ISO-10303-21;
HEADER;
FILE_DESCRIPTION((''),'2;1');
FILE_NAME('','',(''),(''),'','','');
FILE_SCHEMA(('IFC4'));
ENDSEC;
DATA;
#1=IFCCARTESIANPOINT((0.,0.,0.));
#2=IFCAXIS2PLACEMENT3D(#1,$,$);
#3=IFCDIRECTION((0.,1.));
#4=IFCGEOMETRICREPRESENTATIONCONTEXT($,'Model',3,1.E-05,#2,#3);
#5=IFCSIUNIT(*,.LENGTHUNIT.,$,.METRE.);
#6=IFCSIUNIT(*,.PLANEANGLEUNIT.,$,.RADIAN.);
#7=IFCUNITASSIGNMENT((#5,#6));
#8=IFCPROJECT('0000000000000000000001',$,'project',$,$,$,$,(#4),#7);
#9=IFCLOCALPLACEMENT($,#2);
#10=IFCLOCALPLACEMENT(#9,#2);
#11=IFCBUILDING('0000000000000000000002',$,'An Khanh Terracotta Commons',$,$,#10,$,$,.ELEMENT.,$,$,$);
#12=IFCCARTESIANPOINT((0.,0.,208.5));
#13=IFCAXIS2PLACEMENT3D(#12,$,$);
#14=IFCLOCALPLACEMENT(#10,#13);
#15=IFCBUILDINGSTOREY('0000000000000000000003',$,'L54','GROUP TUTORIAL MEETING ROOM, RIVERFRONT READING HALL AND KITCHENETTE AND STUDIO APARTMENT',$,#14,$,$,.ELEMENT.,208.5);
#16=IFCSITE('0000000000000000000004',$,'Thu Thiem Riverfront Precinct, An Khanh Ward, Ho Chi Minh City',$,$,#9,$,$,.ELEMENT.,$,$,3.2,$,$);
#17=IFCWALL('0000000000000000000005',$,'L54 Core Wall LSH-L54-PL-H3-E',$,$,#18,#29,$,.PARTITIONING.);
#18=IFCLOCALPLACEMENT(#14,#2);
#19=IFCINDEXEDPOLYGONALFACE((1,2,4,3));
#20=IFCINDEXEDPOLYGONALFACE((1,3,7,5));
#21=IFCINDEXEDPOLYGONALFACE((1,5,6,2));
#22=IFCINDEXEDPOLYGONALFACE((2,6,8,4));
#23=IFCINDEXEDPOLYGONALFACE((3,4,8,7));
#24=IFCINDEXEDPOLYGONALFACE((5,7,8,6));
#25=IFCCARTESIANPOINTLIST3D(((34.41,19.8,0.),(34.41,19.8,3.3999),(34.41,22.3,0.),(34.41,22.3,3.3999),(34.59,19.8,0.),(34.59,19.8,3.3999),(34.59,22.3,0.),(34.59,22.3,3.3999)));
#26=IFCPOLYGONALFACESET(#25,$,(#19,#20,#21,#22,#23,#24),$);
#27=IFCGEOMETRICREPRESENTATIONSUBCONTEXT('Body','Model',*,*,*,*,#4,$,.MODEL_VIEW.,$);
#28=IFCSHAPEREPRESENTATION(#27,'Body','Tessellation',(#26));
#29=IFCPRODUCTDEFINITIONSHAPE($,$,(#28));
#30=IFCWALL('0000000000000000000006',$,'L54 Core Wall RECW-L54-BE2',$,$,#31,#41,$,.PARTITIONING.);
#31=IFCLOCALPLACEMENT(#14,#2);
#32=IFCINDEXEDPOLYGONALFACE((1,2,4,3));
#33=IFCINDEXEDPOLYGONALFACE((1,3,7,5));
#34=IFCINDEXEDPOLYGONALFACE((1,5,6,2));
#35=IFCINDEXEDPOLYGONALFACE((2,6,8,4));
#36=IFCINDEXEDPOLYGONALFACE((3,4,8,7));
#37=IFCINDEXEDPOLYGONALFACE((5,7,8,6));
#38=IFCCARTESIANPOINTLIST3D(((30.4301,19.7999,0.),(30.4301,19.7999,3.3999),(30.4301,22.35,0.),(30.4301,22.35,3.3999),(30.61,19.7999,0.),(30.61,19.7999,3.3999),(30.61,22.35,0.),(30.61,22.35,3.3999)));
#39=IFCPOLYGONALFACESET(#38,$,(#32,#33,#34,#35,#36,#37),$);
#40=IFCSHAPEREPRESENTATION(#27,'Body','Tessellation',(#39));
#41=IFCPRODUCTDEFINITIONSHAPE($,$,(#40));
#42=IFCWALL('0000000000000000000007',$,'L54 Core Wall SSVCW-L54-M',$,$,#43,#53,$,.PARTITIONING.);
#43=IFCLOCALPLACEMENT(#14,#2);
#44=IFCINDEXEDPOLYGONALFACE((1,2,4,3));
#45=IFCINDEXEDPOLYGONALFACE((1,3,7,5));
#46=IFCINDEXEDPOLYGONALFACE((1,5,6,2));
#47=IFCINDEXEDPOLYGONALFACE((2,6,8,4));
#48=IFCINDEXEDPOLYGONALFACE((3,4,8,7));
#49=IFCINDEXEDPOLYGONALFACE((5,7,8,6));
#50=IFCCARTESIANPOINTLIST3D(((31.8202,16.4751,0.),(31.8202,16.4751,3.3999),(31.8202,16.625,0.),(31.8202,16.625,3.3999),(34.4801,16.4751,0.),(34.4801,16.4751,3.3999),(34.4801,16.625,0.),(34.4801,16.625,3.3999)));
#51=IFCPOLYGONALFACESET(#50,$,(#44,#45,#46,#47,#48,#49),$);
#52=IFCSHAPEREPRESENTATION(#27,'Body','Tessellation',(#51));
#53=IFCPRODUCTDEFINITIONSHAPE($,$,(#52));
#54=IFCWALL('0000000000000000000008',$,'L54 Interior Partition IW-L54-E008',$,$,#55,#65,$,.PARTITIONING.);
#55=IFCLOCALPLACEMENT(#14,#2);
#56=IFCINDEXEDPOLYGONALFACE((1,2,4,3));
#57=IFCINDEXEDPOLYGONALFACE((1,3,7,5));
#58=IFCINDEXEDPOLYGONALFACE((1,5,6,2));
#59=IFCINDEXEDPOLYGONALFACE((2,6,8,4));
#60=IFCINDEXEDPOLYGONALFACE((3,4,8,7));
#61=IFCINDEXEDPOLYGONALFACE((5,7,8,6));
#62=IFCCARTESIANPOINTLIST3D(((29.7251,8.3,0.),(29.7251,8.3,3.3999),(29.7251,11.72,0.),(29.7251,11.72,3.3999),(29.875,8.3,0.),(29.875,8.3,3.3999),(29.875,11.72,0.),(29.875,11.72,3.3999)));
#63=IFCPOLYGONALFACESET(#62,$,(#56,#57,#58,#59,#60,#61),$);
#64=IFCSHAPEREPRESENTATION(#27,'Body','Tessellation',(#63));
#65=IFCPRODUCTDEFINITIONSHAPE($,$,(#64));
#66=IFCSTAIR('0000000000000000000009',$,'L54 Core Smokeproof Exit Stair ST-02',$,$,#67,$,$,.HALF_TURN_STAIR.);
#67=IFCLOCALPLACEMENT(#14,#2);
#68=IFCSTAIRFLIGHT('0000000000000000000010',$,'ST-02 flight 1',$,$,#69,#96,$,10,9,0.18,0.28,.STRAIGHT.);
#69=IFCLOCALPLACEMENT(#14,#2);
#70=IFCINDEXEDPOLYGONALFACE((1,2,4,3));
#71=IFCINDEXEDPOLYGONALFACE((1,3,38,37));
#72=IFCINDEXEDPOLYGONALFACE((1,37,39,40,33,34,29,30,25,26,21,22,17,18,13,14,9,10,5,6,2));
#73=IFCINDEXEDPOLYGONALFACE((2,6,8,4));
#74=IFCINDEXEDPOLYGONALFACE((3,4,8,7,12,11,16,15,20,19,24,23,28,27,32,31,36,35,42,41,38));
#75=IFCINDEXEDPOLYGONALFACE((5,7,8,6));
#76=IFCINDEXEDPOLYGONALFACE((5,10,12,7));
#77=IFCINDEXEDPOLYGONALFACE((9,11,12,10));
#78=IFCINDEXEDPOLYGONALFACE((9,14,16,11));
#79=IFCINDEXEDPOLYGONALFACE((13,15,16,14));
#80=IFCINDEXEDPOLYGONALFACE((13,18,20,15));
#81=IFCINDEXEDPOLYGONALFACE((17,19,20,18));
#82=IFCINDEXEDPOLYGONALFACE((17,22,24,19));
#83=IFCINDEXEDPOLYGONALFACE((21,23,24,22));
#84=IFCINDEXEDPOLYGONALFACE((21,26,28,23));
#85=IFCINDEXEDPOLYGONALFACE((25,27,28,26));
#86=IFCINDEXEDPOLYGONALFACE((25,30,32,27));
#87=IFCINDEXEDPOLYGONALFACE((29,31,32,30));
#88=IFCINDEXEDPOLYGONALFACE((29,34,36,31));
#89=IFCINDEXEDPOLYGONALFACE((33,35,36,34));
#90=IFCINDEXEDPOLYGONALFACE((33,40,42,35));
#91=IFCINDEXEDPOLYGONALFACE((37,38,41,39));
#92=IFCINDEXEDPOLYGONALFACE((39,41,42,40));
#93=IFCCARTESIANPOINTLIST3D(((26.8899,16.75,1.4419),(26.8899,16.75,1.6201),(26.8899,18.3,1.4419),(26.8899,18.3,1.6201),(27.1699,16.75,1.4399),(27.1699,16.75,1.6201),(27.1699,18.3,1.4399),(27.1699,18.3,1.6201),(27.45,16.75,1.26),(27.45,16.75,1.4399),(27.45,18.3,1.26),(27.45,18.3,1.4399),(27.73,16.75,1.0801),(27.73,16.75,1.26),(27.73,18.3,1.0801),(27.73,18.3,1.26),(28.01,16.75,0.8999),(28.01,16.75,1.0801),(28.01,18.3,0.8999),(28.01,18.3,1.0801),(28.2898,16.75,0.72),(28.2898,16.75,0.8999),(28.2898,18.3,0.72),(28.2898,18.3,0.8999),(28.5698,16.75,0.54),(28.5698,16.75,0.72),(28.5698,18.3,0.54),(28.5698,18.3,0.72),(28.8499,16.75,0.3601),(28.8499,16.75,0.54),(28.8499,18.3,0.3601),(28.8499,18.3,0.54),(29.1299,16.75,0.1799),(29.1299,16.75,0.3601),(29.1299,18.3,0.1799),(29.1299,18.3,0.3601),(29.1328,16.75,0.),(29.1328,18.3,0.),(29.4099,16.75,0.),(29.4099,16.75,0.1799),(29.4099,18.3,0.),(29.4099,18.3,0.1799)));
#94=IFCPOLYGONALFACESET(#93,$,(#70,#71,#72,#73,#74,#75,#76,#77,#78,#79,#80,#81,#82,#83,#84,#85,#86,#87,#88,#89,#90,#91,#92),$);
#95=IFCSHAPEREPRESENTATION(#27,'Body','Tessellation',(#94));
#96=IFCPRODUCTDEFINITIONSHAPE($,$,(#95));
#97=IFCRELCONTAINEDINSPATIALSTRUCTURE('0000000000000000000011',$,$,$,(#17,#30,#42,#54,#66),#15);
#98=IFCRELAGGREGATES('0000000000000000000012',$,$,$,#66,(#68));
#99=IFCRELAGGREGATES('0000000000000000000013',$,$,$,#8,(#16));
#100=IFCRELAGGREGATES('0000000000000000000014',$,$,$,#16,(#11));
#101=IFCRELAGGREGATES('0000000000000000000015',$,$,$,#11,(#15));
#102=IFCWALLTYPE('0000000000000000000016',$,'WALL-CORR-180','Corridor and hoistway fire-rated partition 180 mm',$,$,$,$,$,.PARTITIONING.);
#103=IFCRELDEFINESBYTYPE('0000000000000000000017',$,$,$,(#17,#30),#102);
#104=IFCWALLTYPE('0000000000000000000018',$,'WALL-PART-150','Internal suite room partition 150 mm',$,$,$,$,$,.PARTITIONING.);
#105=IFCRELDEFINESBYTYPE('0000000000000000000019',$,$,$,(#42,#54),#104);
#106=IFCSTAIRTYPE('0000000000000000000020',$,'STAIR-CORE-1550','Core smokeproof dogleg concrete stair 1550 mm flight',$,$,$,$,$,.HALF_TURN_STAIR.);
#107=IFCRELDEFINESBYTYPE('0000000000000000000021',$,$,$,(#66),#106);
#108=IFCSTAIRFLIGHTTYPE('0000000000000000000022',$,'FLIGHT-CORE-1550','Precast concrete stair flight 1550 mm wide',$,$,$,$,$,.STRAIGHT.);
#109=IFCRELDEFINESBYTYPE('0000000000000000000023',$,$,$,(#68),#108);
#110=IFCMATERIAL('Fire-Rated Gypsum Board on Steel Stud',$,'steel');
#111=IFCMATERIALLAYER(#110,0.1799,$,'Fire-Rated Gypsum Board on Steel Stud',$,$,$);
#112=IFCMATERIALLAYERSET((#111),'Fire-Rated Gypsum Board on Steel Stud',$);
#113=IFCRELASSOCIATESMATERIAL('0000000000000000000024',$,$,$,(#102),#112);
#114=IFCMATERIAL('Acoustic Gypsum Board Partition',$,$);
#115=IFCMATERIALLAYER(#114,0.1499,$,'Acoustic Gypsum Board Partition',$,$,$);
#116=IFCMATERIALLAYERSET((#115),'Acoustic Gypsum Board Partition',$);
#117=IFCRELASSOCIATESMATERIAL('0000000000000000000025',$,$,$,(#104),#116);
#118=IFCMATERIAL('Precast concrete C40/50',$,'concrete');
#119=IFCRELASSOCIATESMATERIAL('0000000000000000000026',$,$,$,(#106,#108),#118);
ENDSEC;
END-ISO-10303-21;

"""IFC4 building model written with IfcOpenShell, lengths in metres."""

from ifc_helpers import new_model, si_unit, direction, frame, frame_2d, origin, place, context, subcontext, project, spatial, polyline, rectangle, outline, extrude, material, layer, layer_set, type_object, element, aggregate, save


model = new_model("IFC4")

# Units and contexts
model_context = context("Model", 3, precision=1e-05, world=origin(), true_north=direction((0.0, 1.0)))
body_context = subcontext(model_context, "Body", "Model", "MODEL_VIEW")
ifc_project = project(units=[si_unit("LENGTHUNIT", "METRE"), si_unit("PLANEANGLEUNIT", "RADIAN")], contexts=[model_context])

# Site, building, storey
site_placement = place(None, origin())
site = spatial("IfcSite", under=ifc_project, at=site_placement, Name="Thu Thiem Riverfront Precinct, An Khanh Ward, Ho Chi Minh City", CompositionType="ELEMENT", RefElevation=3.2)
building_placement = place(site_placement, origin())
building = spatial("IfcBuilding", under=site, at=building_placement, Name="An Khanh Terracotta Commons", CompositionType="ELEMENT")
storey_placement = place(building_placement, frame((0.0, 0.0, 208.5)))
storey = spatial("IfcBuildingStorey", under=building, at=storey_placement, Name="L54", Description="GROUP TUTORIAL MEETING ROOM, RIVERFRONT READING HALL AND KITCHENETTE AND STUDIO APARTMENT", CompositionType="ELEMENT", Elevation=208.5)

# Shared definitions
ifc_material_1 = material(Name="Fire-Rated Gypsum Board on Steel Stud", Category="steel")
ifc_layer_1 = layer(ifc_material_1, 0.1799, Name="Fire-Rated Gypsum Board on Steel Stud")
ifc_layer_set_1 = layer_set([ifc_layer_1], Name="Fire-Rated Gypsum Board on Steel Stud")
wall_type_1 = type_object("IfcWallType", Name="WALL-CORR-180", Description="Corridor and hoistway fire-rated partition 180 mm", PredefinedType="PARTITIONING", material=ifc_layer_set_1)

# Walls
wall_1_placement = place(storey_placement, frame((34.5, 19.8, 0.0), z_axis=(0.0, 0.0, 1.0), x_axis=(0.0, 1.0, 0.0)))
element("IfcWall", 1, at=wall_1_placement, inside=storey, type_object=wall_type_1, Name="L54 Core Wall LSH-L54-PL-H3-E", PredefinedType="PARTITIONING", context=body_context, shape_type="SweptSolid", body=[
    extrude(rectangle(XDim=2.5, YDim=0.1799, at=frame_2d((1.25, 0.0))), origin(), (0.0, 0.0, 1.0), 3.3999),
])
wall_2_placement = place(storey_placement, frame((30.52, 19.8, 0.0), z_axis=(0.0, 0.0, 1.0), x_axis=(0.0, 1.0, 0.0)))
element("IfcWall", 2, at=wall_2_placement, inside=storey, type_object=wall_type_1, Name="L54 Core Wall RECW-L54-BE2", PredefinedType="PARTITIONING", context=body_context, shape_type="SweptSolid", body=[
    extrude(rectangle(XDim=2.55, YDim=0.1799, at=frame_2d((1.2749, 0.0))), origin(), (0.0, 0.0, 1.0), 3.3999),
])
ifc_material_2 = material(Name="Acoustic Gypsum Board Partition")
ifc_layer_2 = layer(ifc_material_2, 0.1499, Name="Acoustic Gypsum Board Partition")
ifc_layer_set_2 = layer_set([ifc_layer_2], Name="Acoustic Gypsum Board Partition")
wall_type_2 = type_object("IfcWallType", Name="WALL-PART-150", Description="Internal suite room partition 150 mm", PredefinedType="PARTITIONING", material=ifc_layer_set_2)
wall_3_placement = place(storey_placement, frame((31.8201, 16.55, 0.0), z_axis=(0.0, 0.0, 1.0), x_axis=(1.0, 0.0, 0.0)))
element("IfcWall", 3, at=wall_3_placement, inside=storey, type_object=wall_type_2, Name="L54 Core Wall SSVCW-L54-M", PredefinedType="PARTITIONING", context=body_context, shape_type="SweptSolid", body=[
    extrude(rectangle(XDim=2.6599, YDim=0.1499, at=frame_2d((1.3301, 0.0))), origin(), (0.0, 0.0, 1.0), 3.3999),
])
wall_4_placement = place(storey_placement, frame((29.8, 8.3, 0.0), z_axis=(0.0, 0.0, 1.0), x_axis=(0.0, 1.0, 0.0)))
element("IfcWall", 4, at=wall_4_placement, inside=storey, type_object=wall_type_2, Name="L54 Interior Partition IW-L54-E008", PredefinedType="PARTITIONING", context=body_context, shape_type="SweptSolid", body=[
    extrude(rectangle(XDim=3.4199, YDim=0.1499, at=frame_2d((1.71, 0.0))), origin(), (0.0, 0.0, 1.0), 3.3999),
])

# Stair, stair flight
ifc_material_3 = material(Name="Precast concrete C40/50", Category="concrete")
stair_type = type_object("IfcStairType", Name="STAIR-CORE-1550", Description="Core smokeproof dogleg concrete stair 1550 mm flight", PredefinedType="HALF_TURN_STAIR", material=ifc_material_3)
stair_placement = place(storey_placement, origin())
stair = element("IfcStair", 5, at=stair_placement, inside=storey, type_object=stair_type, Name="L54 Core Smokeproof Exit Stair ST-02", PredefinedType="HALF_TURN_STAIR")
stair_flight_type = type_object("IfcStairFlightType", Name="FLIGHT-CORE-1550", Description="Precast concrete stair flight 1550 mm wide", PredefinedType="STRAIGHT", material=ifc_material_3)
stair_flight_placement = place(storey_placement, frame((29.4099, 17.5249, 0.0), z_axis=(0.0, 0.0, 1.0), x_axis=(-1.0, 0.0, 0.0)))
stair_flight = element("IfcStairFlight", 6, at=stair_flight_placement, type_object=stair_flight_type, Name="ST-02 flight 1", NumberOfRisers=10, NumberOfTreads=9, PredefinedType="STRAIGHT", RiserHeight=0.18, TreadLength=0.28, context=body_context, shape_type="SweptSolid", body=[
    extrude(outline(polyline([(0.0, 0.0), (0.0, 0.1799), (0.28, 0.1799), (0.28, 0.3601), (0.5601, 0.3601), (0.5601, 0.54), (0.8401, 0.54), (0.8401, 0.72), (1.1201, 0.72), (1.1201, 0.8999), (1.3999, 0.8999), (1.3999, 1.0801), (1.6799, 1.0801), (1.6799, 1.26), (1.96, 1.26), (1.96, 1.4399), (2.24, 1.4399), (2.24, 1.6201), (2.52, 1.6201), (2.52, 1.8), (2.52, 1.4419), (0.2771, 0.0), (0.0, 0.0)])), frame((0.0, 0.7749, 0.0), z_axis=(0.0, -1.0, 0.0), x_axis=(1.0, 0.0, 0.0)), (0.0, 0.0, 1.0), 1.55),
])
aggregate(stair, [stair_flight])

save(model, "model.ifc")
